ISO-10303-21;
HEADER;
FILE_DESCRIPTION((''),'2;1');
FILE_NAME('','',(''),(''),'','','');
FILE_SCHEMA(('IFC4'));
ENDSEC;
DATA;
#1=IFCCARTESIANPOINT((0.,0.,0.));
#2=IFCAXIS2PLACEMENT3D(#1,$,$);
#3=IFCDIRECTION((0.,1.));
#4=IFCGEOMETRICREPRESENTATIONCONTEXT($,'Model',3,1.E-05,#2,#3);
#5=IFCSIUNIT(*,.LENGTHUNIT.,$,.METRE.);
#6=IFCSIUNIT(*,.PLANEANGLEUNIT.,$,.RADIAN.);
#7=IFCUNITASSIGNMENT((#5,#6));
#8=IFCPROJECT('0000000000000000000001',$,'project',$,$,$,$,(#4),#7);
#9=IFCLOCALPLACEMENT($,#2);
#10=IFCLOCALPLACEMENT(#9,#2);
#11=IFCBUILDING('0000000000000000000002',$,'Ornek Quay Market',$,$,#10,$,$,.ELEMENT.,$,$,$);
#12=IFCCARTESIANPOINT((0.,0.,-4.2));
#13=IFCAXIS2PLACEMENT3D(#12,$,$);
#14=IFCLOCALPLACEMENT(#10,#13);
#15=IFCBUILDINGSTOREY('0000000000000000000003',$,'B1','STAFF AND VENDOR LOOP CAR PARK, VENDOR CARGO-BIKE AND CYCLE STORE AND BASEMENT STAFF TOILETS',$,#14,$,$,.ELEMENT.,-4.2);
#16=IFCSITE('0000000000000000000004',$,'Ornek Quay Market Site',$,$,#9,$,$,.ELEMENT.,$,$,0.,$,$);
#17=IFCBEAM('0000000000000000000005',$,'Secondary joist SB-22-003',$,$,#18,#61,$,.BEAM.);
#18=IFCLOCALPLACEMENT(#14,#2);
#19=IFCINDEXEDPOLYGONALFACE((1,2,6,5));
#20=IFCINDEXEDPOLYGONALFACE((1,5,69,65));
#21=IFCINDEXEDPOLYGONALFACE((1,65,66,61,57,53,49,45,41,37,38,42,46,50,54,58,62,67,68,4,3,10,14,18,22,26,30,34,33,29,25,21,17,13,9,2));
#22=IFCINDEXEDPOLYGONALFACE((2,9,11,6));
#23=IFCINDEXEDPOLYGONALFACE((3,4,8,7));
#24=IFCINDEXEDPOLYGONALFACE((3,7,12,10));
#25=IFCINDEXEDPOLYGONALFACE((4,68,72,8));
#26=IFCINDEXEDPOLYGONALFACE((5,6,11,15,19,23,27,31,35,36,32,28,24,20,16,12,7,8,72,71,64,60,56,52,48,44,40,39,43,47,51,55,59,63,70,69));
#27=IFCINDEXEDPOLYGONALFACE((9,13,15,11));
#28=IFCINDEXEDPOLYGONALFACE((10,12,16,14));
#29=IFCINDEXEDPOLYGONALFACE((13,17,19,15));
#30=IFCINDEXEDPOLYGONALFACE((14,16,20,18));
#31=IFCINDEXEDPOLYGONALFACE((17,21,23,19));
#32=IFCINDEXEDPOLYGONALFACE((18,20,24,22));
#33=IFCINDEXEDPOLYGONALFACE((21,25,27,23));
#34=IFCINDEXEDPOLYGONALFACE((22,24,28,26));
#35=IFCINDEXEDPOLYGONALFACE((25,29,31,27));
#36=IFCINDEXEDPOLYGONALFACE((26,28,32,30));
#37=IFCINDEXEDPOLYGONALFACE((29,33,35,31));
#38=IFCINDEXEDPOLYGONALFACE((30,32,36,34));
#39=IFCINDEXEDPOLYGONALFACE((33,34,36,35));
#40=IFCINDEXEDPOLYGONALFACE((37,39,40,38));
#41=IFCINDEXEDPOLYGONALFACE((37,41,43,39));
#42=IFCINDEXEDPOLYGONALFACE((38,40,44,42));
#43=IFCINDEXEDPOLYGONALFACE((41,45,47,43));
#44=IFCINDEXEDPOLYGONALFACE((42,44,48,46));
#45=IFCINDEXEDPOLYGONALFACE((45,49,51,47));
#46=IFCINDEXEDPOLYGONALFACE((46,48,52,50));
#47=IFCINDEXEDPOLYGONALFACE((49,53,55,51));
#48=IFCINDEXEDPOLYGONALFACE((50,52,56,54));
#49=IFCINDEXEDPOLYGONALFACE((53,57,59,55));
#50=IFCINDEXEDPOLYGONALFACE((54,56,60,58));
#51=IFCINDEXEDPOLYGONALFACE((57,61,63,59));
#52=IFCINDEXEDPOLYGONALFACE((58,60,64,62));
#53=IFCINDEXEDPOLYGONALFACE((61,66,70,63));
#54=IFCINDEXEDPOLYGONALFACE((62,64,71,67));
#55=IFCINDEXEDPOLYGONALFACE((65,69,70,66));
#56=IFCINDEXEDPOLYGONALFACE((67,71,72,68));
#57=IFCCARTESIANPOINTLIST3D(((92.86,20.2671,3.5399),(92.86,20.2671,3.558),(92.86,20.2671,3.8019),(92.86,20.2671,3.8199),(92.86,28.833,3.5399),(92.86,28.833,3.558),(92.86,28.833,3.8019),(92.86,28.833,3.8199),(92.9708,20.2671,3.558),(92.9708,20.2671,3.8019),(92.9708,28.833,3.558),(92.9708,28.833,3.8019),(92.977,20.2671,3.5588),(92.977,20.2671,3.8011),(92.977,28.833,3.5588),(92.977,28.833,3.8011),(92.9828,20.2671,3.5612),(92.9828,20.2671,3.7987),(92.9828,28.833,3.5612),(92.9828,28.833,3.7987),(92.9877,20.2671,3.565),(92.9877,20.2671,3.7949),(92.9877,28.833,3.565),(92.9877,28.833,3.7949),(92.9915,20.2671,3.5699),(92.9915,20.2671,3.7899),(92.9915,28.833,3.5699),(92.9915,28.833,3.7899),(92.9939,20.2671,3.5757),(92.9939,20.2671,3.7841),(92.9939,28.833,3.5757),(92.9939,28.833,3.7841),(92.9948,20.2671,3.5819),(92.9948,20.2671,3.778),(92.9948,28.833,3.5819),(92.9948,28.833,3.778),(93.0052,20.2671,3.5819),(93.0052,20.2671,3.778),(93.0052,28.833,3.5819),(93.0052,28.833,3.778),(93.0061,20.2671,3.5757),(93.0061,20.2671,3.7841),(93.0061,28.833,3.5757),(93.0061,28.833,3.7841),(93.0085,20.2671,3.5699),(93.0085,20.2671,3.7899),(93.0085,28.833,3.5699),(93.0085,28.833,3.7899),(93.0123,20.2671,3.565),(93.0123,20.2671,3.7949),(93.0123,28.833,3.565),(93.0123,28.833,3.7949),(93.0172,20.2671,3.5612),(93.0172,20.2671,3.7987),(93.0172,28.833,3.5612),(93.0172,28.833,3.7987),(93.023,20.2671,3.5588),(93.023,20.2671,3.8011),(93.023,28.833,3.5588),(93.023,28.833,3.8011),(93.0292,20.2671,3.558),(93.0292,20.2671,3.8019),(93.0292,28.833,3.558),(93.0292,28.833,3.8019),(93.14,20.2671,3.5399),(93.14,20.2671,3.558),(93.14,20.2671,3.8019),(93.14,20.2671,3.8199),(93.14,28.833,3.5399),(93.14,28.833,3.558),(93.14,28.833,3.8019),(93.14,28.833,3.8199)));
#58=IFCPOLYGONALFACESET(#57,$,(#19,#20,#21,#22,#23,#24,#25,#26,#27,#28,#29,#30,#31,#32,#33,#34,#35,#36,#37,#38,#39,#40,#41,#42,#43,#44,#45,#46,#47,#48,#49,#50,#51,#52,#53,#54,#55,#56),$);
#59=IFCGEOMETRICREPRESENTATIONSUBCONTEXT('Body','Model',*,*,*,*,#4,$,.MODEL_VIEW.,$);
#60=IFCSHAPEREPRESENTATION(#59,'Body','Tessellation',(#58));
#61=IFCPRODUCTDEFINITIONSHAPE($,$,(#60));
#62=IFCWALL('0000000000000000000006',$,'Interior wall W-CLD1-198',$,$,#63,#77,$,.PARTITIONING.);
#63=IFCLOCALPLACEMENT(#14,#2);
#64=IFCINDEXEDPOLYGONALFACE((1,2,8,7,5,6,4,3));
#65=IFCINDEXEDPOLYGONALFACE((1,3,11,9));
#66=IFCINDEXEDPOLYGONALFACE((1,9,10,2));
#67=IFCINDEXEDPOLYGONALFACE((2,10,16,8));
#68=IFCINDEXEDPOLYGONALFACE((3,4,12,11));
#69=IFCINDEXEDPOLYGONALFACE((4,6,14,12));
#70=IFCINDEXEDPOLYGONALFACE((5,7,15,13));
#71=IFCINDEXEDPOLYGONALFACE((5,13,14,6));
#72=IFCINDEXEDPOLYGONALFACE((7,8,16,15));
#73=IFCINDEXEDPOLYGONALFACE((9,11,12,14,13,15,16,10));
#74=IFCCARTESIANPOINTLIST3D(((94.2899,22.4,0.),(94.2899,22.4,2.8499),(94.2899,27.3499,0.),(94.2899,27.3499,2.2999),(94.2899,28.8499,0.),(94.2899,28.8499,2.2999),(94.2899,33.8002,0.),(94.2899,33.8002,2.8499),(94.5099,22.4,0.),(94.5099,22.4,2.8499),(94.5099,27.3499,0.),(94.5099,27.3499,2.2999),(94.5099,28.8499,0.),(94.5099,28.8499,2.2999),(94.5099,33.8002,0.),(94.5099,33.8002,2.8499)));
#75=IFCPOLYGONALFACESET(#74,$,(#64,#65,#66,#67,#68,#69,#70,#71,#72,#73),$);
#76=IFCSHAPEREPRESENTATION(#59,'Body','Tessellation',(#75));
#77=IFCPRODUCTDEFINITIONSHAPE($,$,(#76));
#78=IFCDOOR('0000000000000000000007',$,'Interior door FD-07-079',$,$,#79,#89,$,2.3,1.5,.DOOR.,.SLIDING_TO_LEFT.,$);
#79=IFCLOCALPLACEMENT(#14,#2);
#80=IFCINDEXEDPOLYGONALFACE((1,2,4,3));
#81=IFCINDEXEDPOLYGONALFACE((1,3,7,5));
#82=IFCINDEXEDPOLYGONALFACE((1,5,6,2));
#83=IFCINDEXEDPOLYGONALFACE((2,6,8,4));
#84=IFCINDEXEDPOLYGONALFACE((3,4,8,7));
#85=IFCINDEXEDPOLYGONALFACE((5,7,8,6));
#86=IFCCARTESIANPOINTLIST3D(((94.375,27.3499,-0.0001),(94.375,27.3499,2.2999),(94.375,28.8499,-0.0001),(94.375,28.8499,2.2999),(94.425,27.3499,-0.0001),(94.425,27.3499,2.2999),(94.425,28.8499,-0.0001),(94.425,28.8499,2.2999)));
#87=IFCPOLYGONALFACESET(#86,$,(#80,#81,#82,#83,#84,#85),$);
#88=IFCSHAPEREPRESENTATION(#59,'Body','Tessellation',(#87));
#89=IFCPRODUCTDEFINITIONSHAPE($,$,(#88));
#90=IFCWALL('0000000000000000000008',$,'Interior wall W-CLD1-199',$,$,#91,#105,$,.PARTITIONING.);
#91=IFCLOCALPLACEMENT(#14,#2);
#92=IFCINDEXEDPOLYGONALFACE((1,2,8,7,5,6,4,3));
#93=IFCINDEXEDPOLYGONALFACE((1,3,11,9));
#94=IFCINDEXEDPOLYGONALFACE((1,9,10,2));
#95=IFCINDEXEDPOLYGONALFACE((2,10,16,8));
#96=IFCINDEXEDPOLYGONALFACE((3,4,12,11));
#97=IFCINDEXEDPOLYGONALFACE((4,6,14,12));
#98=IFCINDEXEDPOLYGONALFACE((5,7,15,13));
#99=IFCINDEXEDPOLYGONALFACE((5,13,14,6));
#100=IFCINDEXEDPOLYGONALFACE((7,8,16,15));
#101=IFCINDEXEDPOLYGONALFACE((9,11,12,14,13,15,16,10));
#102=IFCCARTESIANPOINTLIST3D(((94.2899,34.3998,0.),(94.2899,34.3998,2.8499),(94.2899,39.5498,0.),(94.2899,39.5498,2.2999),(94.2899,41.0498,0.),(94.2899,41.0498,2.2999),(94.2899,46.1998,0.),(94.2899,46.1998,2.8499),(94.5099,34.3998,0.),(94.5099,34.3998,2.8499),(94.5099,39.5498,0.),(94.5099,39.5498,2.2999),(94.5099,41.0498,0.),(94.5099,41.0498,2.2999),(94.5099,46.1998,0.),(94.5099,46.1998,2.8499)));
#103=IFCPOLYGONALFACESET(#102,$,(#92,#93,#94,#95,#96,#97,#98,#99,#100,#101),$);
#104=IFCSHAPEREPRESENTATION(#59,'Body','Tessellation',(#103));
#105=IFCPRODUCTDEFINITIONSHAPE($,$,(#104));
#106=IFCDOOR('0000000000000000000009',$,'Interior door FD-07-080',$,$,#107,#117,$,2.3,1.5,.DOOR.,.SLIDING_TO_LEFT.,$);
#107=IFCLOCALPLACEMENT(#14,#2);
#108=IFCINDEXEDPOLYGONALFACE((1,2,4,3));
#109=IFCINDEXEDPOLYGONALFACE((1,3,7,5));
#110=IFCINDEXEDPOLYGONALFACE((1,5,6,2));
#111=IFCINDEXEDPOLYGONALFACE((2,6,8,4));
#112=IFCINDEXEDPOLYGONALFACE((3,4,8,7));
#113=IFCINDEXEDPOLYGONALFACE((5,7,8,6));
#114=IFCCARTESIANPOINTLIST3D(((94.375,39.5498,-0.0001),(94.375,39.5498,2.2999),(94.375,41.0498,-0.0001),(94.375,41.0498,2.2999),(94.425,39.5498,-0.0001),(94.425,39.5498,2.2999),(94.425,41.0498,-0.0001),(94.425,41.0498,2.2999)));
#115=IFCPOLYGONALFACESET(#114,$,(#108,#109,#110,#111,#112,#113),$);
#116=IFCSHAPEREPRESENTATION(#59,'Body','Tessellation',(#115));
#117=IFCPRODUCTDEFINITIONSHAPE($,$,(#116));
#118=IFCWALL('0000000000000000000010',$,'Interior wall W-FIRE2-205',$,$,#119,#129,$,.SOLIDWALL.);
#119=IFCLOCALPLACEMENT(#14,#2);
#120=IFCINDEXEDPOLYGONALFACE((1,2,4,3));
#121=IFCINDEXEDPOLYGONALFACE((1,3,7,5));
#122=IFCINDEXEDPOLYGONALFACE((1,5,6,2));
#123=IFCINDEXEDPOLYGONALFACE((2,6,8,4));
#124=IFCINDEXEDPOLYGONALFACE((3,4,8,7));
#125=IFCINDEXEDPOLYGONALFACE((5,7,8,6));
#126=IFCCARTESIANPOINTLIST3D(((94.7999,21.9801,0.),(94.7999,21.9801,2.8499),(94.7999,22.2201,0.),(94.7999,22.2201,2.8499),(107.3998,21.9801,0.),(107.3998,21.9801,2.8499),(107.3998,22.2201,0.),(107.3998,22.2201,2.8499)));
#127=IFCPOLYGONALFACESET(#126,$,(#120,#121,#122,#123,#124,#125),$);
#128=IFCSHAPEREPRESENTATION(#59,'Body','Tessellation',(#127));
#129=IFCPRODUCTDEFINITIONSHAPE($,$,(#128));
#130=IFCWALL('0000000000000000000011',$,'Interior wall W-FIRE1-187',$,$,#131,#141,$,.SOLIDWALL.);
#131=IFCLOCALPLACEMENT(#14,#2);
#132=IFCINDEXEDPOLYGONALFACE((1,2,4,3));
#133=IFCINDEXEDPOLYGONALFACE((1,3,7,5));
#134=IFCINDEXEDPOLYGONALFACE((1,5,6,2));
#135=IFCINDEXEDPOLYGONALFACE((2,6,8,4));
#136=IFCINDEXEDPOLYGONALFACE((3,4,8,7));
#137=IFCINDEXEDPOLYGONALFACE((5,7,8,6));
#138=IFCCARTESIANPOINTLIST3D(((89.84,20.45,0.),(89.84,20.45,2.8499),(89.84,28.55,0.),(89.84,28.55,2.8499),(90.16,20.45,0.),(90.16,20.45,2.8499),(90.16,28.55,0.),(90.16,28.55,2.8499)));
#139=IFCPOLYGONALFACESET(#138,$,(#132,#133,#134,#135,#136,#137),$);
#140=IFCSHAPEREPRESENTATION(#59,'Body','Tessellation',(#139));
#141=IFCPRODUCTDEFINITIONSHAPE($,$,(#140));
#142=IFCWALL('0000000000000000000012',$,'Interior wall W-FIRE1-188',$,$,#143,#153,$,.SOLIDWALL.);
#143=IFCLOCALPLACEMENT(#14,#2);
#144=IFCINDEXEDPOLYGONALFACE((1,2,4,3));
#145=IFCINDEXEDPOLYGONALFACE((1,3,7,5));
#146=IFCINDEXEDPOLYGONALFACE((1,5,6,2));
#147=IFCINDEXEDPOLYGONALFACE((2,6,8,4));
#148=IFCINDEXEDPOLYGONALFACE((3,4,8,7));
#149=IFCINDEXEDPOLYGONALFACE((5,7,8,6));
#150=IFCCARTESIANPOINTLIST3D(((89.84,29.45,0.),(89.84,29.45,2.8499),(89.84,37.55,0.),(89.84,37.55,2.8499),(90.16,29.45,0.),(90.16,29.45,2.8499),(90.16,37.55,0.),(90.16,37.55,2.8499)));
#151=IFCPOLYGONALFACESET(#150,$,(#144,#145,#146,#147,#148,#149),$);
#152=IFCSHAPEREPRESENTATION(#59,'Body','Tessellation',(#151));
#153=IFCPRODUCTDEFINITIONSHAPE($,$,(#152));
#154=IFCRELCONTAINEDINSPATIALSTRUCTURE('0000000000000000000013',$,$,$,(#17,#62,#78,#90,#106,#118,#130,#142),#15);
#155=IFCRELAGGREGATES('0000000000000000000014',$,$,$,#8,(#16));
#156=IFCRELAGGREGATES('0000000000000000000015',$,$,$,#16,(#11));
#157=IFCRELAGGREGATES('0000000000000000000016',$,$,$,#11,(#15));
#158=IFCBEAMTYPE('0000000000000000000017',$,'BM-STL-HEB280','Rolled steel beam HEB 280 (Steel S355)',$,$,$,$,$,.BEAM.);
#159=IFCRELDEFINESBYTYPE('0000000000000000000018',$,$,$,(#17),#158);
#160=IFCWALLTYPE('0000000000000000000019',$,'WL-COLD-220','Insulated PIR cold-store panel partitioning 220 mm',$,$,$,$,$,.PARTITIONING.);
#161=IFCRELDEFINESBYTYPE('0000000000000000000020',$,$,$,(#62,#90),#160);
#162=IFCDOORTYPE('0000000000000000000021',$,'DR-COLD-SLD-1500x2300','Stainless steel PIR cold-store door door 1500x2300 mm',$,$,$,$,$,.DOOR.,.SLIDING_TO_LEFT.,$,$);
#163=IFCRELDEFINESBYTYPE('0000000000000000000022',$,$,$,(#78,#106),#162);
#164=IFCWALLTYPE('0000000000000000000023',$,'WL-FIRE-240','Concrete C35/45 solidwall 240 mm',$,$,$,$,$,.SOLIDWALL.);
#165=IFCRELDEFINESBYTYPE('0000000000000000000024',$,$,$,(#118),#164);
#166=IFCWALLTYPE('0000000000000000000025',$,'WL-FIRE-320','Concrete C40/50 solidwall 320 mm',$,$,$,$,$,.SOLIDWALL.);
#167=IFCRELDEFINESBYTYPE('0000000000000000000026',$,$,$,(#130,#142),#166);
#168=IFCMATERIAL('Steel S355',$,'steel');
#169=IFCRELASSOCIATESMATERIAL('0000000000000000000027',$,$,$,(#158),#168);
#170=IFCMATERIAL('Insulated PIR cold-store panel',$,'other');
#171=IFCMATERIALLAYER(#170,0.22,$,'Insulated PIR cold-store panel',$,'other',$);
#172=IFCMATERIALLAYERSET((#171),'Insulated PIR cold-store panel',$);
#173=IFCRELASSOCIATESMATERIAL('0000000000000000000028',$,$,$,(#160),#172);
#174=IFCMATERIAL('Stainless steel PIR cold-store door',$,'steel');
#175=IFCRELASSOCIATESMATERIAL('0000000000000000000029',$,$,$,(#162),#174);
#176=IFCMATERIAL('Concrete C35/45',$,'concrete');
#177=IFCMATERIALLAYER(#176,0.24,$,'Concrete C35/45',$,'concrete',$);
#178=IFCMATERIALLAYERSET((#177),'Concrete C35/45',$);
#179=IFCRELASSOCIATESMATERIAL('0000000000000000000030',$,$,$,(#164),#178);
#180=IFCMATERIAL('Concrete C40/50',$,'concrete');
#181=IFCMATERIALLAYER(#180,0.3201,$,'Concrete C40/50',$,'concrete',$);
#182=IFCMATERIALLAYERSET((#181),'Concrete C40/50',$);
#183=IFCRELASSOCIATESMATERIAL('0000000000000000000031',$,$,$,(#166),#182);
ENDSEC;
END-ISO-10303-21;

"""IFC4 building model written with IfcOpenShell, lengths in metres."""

from ifc_helpers import new_model, si_unit, direction, frame, frame_2d, origin, origin_2d, place, context, subcontext, project, spatial, rectangle, i_section, extrude, material, layer, layer_set, material_profile, profile_set, type_object, element, fill, save


model = new_model("IFC4")

# Units and contexts
model_context = context("Model", 3, precision=1e-05, world=origin(), true_north=direction((0.0, 1.0)))
body_context = subcontext(model_context, "Body", "Model", "MODEL_VIEW")
ifc_project = project(units=[si_unit("LENGTHUNIT", "METRE"), si_unit("PLANEANGLEUNIT", "RADIAN")], contexts=[model_context])

# Site, building, storey
site_placement = place(None, origin())
site = spatial("IfcSite", under=ifc_project, at=site_placement, Name="Ornek Quay Market Site", CompositionType="ELEMENT", RefElevation=0.0)
building_placement = place(site_placement, origin())
building = spatial("IfcBuilding", under=site, at=building_placement, Name="Ornek Quay Market", CompositionType="ELEMENT")
storey_placement = place(building_placement, frame((0.0, 0.0, -4.2)))
storey = spatial("IfcBuildingStorey", under=building, at=storey_placement, Name="B1", Description="STAFF AND VENDOR LOOP CAR PARK, VENDOR CARGO-BIKE AND CYCLE STORE AND BASEMENT STAFF TOILETS", CompositionType="ELEMENT", Elevation=-4.2)

# Shared definitions
ifc_material_1 = material(Name="Concrete C35/45", Category="concrete")

# Shared definitions
ifc_material_2 = material(Name="Concrete C40/50", Category="concrete")

# Beam
ifc_material_3 = material(Name="Steel S355", Category="steel")
ifc_material_profile_1 = material_profile(ifc_material_3, i_section(OverallWidth=0.28, OverallDepth=0.28, WebThickness=0.0105, FlangeThickness=0.0181, FilletRadius=0.0239, at=origin_2d()), Name="HEB 280", Category="steel")
ifc_profile_set_1 = profile_set([ifc_material_profile_1], Name="Steel S355")
beam_type_1 = type_object("IfcBeamType", Name="BM-STL-HEB280", Description="Rolled steel beam HEB 280 (Steel S355)", PredefinedType="BEAM", material=ifc_profile_set_1)
beam_1_placement = place(storey_placement, frame((93.0, 20.2671, 3.6799), z_axis=(0.0, 1.0, 0.0), x_axis=(-1.0, 0.0, 0.0)))
element("IfcBeam", 1, at=beam_1_placement, inside=storey, type_object=beam_type_1, Name="Secondary joist SB-22-003", PredefinedType="BEAM", context=body_context, shape_type="SweptSolid", body=[
    extrude(i_section(OverallWidth=0.28, OverallDepth=0.28, WebThickness=0.0105, FlangeThickness=0.0181, FilletRadius=0.0239, at=origin_2d()), origin(), (0.0, 0.0, 1.0), 8.5659),
])

# Walls, openings, doors
ifc_material_4 = material(Name="Insulated PIR cold-store panel", Category="other")
ifc_layer_1 = layer(ifc_material_4, 0.22, Name="Insulated PIR cold-store panel", Category="other")
ifc_layer_set_1 = layer_set([ifc_layer_1], Name="Insulated PIR cold-store panel")
wall_type_1 = type_object("IfcWallType", Name="WL-COLD-220", Description="Insulated PIR cold-store panel partitioning 220 mm", PredefinedType="PARTITIONING", material=ifc_layer_set_1)
wall_1_placement = place(storey_placement, frame((94.3999, 22.3999, 0.0), z_axis=(0.0, 0.0, 1.0), x_axis=(0.0, 1.0, 0.0)))
wall_1 = element("IfcWall", 2, at=wall_1_placement, inside=storey, type_object=wall_type_1, Name="Interior wall W-CLD1-198", PredefinedType="PARTITIONING", context=body_context, shape_type="SweptSolid", body=[
    extrude(rectangle(XDim=11.4001, YDim=0.22, at=frame_2d((5.7002, 0.0))), origin(), (0.0, 0.0, 1.0), 2.8499),
])
opening_1_placement = place(wall_1_placement, frame((4.95, 0.0, 0.0)))
opening_1 = element("IfcOpeningElement", 3, at=opening_1_placement, cuts=wall_1, PredefinedType="OPENING", context=body_context, shape_type="SweptSolid", body=[
    extrude(rectangle(XDim=1.5, YDim=2.3, at=frame_2d((0.75, 1.1499))), frame((0.0, 0.1199, 0.0), z_axis=(0.0, -1.0, 0.0), x_axis=(1.0, 0.0, 0.0)), (0.0, 0.0, 1.0), 0.24),
])
ifc_material_5 = material(Name="Stainless steel PIR cold-store door", Category="steel")
door_type = type_object("IfcDoorType", Name="DR-COLD-SLD-1500x2300", Description="Stainless steel PIR cold-store door door 1500x2300 mm", OperationType="SLIDING_TO_LEFT", PredefinedType="DOOR", material=ifc_material_5)
door_1_placement = place(opening_1_placement, origin())
door_1 = element("IfcDoor", 4, at=door_1_placement, inside=storey, type_object=door_type, Name="Interior door FD-07-079", OperationType="SLIDING_TO_LEFT", OverallHeight=2.3, OverallWidth=1.5, PredefinedType="DOOR", context=body_context, shape_type="SweptSolid", body=[
    extrude(rectangle(XDim=1.5, YDim=2.3, at=frame_2d((0.75, 1.1499))), frame((0.0, 0.0249, 0.0), z_axis=(0.0, -1.0, 0.0), x_axis=(1.0, 0.0, 0.0)), (0.0, 0.0, 1.0), 0.05),
])
fill(opening_1, door_1)
wall_2_placement = place(storey_placement, frame((94.3999, 34.3999, 0.0), z_axis=(0.0, 0.0, 1.0), x_axis=(0.0, 1.0, 0.0)))
wall_2 = element("IfcWall", 5, at=wall_2_placement, inside=storey, type_object=wall_type_1, Name="Interior wall W-CLD1-199", PredefinedType="PARTITIONING", context=body_context, shape_type="SweptSolid", body=[
    extrude(rectangle(XDim=11.8, YDim=0.22, at=frame_2d((5.8999, 0.0))), origin(), (0.0, 0.0, 1.0), 2.8499),
])
opening_2_placement = place(wall_2_placement, frame((5.1499, 0.0, 0.0)))
opening_2 = element("IfcOpeningElement", 6, at=opening_2_placement, cuts=wall_2, PredefinedType="OPENING", context=body_context, shape_type="SweptSolid", body=[
    extrude(rectangle(XDim=1.5, YDim=2.3, at=frame_2d((0.75, 1.1499))), frame((0.0, 0.1199, 0.0), z_axis=(0.0, -1.0, 0.0), x_axis=(1.0, 0.0, 0.0)), (0.0, 0.0, 1.0), 0.24),
])
door_2_placement = place(opening_2_placement, origin())
door_2 = element("IfcDoor", 7, at=door_2_placement, inside=storey, type_object=door_type, Name="Interior door FD-07-080", OperationType="SLIDING_TO_LEFT", OverallHeight=2.3, OverallWidth=1.5, PredefinedType="DOOR", context=body_context, shape_type="SweptSolid", body=[
    extrude(rectangle(XDim=1.5, YDim=2.3, at=frame_2d((0.75, 1.1499))), frame((0.0, 0.0249, 0.0), z_axis=(0.0, -1.0, 0.0), x_axis=(1.0, 0.0, 0.0)), (0.0, 0.0, 1.0), 0.05),
])
fill(opening_2, door_2)

# Walls
ifc_layer_2 = layer(ifc_material_1, 0.24, Name="Concrete C35/45", Category="concrete")
ifc_layer_set_2 = layer_set([ifc_layer_2], Name="Concrete C35/45")
wall_type_2 = type_object("IfcWallType", Name="WL-FIRE-240", Description="Concrete C35/45 solidwall 240 mm", PredefinedType="SOLIDWALL", material=ifc_layer_set_2)
wall_3_placement = place(storey_placement, frame((94.8, 22.1001, 0.0), z_axis=(0.0, 0.0, 1.0), x_axis=(1.0, 0.0, 0.0)))
element("IfcWall", 8, at=wall_3_placement, inside=storey, type_object=wall_type_2, Name="Interior wall W-FIRE2-205", PredefinedType="SOLIDWALL", context=body_context, shape_type="SweptSolid", body=[
    extrude(rectangle(XDim=12.5999, YDim=0.24, at=frame_2d((6.2998, 0.0))), origin(), (0.0, 0.0, 1.0), 2.8499),
])
ifc_layer_3 = layer(ifc_material_2, 0.3201, Name="Concrete C40/50", Category="concrete")
ifc_layer_set_3 = layer_set([ifc_layer_3], Name="Concrete C40/50")
wall_type_3 = type_object("IfcWallType", Name="WL-FIRE-320", Description="Concrete C40/50 solidwall 320 mm", PredefinedType="SOLIDWALL", material=ifc_layer_set_3)
for number, where, z_axis, x_axis, name in (
    (9, (90.0, 20.45, 0.0), (0.0, 0.0, 1.0), (0.0, 1.0, 0.0), "Interior wall W-FIRE1-187"),
    (10, (90.0, 29.45, 0.0), (0.0, 0.0, 1.0), (0.0, 1.0, 0.0), "Interior wall W-FIRE1-188"),
):
    element("IfcWall", number, at=place(storey_placement, frame(where, z_axis=z_axis, x_axis=x_axis)), inside=storey, type_object=wall_type_3, Name=name, PredefinedType="SOLIDWALL", context=body_context, shape_type="SweptSolid", body=[
        extrude(rectangle(XDim=8.1001, YDim=0.3201, at=frame_2d((4.05, 0.0))), origin(), (0.0, 0.0, 1.0), 2.8499),
    ])

save(model, "model.ifc")
